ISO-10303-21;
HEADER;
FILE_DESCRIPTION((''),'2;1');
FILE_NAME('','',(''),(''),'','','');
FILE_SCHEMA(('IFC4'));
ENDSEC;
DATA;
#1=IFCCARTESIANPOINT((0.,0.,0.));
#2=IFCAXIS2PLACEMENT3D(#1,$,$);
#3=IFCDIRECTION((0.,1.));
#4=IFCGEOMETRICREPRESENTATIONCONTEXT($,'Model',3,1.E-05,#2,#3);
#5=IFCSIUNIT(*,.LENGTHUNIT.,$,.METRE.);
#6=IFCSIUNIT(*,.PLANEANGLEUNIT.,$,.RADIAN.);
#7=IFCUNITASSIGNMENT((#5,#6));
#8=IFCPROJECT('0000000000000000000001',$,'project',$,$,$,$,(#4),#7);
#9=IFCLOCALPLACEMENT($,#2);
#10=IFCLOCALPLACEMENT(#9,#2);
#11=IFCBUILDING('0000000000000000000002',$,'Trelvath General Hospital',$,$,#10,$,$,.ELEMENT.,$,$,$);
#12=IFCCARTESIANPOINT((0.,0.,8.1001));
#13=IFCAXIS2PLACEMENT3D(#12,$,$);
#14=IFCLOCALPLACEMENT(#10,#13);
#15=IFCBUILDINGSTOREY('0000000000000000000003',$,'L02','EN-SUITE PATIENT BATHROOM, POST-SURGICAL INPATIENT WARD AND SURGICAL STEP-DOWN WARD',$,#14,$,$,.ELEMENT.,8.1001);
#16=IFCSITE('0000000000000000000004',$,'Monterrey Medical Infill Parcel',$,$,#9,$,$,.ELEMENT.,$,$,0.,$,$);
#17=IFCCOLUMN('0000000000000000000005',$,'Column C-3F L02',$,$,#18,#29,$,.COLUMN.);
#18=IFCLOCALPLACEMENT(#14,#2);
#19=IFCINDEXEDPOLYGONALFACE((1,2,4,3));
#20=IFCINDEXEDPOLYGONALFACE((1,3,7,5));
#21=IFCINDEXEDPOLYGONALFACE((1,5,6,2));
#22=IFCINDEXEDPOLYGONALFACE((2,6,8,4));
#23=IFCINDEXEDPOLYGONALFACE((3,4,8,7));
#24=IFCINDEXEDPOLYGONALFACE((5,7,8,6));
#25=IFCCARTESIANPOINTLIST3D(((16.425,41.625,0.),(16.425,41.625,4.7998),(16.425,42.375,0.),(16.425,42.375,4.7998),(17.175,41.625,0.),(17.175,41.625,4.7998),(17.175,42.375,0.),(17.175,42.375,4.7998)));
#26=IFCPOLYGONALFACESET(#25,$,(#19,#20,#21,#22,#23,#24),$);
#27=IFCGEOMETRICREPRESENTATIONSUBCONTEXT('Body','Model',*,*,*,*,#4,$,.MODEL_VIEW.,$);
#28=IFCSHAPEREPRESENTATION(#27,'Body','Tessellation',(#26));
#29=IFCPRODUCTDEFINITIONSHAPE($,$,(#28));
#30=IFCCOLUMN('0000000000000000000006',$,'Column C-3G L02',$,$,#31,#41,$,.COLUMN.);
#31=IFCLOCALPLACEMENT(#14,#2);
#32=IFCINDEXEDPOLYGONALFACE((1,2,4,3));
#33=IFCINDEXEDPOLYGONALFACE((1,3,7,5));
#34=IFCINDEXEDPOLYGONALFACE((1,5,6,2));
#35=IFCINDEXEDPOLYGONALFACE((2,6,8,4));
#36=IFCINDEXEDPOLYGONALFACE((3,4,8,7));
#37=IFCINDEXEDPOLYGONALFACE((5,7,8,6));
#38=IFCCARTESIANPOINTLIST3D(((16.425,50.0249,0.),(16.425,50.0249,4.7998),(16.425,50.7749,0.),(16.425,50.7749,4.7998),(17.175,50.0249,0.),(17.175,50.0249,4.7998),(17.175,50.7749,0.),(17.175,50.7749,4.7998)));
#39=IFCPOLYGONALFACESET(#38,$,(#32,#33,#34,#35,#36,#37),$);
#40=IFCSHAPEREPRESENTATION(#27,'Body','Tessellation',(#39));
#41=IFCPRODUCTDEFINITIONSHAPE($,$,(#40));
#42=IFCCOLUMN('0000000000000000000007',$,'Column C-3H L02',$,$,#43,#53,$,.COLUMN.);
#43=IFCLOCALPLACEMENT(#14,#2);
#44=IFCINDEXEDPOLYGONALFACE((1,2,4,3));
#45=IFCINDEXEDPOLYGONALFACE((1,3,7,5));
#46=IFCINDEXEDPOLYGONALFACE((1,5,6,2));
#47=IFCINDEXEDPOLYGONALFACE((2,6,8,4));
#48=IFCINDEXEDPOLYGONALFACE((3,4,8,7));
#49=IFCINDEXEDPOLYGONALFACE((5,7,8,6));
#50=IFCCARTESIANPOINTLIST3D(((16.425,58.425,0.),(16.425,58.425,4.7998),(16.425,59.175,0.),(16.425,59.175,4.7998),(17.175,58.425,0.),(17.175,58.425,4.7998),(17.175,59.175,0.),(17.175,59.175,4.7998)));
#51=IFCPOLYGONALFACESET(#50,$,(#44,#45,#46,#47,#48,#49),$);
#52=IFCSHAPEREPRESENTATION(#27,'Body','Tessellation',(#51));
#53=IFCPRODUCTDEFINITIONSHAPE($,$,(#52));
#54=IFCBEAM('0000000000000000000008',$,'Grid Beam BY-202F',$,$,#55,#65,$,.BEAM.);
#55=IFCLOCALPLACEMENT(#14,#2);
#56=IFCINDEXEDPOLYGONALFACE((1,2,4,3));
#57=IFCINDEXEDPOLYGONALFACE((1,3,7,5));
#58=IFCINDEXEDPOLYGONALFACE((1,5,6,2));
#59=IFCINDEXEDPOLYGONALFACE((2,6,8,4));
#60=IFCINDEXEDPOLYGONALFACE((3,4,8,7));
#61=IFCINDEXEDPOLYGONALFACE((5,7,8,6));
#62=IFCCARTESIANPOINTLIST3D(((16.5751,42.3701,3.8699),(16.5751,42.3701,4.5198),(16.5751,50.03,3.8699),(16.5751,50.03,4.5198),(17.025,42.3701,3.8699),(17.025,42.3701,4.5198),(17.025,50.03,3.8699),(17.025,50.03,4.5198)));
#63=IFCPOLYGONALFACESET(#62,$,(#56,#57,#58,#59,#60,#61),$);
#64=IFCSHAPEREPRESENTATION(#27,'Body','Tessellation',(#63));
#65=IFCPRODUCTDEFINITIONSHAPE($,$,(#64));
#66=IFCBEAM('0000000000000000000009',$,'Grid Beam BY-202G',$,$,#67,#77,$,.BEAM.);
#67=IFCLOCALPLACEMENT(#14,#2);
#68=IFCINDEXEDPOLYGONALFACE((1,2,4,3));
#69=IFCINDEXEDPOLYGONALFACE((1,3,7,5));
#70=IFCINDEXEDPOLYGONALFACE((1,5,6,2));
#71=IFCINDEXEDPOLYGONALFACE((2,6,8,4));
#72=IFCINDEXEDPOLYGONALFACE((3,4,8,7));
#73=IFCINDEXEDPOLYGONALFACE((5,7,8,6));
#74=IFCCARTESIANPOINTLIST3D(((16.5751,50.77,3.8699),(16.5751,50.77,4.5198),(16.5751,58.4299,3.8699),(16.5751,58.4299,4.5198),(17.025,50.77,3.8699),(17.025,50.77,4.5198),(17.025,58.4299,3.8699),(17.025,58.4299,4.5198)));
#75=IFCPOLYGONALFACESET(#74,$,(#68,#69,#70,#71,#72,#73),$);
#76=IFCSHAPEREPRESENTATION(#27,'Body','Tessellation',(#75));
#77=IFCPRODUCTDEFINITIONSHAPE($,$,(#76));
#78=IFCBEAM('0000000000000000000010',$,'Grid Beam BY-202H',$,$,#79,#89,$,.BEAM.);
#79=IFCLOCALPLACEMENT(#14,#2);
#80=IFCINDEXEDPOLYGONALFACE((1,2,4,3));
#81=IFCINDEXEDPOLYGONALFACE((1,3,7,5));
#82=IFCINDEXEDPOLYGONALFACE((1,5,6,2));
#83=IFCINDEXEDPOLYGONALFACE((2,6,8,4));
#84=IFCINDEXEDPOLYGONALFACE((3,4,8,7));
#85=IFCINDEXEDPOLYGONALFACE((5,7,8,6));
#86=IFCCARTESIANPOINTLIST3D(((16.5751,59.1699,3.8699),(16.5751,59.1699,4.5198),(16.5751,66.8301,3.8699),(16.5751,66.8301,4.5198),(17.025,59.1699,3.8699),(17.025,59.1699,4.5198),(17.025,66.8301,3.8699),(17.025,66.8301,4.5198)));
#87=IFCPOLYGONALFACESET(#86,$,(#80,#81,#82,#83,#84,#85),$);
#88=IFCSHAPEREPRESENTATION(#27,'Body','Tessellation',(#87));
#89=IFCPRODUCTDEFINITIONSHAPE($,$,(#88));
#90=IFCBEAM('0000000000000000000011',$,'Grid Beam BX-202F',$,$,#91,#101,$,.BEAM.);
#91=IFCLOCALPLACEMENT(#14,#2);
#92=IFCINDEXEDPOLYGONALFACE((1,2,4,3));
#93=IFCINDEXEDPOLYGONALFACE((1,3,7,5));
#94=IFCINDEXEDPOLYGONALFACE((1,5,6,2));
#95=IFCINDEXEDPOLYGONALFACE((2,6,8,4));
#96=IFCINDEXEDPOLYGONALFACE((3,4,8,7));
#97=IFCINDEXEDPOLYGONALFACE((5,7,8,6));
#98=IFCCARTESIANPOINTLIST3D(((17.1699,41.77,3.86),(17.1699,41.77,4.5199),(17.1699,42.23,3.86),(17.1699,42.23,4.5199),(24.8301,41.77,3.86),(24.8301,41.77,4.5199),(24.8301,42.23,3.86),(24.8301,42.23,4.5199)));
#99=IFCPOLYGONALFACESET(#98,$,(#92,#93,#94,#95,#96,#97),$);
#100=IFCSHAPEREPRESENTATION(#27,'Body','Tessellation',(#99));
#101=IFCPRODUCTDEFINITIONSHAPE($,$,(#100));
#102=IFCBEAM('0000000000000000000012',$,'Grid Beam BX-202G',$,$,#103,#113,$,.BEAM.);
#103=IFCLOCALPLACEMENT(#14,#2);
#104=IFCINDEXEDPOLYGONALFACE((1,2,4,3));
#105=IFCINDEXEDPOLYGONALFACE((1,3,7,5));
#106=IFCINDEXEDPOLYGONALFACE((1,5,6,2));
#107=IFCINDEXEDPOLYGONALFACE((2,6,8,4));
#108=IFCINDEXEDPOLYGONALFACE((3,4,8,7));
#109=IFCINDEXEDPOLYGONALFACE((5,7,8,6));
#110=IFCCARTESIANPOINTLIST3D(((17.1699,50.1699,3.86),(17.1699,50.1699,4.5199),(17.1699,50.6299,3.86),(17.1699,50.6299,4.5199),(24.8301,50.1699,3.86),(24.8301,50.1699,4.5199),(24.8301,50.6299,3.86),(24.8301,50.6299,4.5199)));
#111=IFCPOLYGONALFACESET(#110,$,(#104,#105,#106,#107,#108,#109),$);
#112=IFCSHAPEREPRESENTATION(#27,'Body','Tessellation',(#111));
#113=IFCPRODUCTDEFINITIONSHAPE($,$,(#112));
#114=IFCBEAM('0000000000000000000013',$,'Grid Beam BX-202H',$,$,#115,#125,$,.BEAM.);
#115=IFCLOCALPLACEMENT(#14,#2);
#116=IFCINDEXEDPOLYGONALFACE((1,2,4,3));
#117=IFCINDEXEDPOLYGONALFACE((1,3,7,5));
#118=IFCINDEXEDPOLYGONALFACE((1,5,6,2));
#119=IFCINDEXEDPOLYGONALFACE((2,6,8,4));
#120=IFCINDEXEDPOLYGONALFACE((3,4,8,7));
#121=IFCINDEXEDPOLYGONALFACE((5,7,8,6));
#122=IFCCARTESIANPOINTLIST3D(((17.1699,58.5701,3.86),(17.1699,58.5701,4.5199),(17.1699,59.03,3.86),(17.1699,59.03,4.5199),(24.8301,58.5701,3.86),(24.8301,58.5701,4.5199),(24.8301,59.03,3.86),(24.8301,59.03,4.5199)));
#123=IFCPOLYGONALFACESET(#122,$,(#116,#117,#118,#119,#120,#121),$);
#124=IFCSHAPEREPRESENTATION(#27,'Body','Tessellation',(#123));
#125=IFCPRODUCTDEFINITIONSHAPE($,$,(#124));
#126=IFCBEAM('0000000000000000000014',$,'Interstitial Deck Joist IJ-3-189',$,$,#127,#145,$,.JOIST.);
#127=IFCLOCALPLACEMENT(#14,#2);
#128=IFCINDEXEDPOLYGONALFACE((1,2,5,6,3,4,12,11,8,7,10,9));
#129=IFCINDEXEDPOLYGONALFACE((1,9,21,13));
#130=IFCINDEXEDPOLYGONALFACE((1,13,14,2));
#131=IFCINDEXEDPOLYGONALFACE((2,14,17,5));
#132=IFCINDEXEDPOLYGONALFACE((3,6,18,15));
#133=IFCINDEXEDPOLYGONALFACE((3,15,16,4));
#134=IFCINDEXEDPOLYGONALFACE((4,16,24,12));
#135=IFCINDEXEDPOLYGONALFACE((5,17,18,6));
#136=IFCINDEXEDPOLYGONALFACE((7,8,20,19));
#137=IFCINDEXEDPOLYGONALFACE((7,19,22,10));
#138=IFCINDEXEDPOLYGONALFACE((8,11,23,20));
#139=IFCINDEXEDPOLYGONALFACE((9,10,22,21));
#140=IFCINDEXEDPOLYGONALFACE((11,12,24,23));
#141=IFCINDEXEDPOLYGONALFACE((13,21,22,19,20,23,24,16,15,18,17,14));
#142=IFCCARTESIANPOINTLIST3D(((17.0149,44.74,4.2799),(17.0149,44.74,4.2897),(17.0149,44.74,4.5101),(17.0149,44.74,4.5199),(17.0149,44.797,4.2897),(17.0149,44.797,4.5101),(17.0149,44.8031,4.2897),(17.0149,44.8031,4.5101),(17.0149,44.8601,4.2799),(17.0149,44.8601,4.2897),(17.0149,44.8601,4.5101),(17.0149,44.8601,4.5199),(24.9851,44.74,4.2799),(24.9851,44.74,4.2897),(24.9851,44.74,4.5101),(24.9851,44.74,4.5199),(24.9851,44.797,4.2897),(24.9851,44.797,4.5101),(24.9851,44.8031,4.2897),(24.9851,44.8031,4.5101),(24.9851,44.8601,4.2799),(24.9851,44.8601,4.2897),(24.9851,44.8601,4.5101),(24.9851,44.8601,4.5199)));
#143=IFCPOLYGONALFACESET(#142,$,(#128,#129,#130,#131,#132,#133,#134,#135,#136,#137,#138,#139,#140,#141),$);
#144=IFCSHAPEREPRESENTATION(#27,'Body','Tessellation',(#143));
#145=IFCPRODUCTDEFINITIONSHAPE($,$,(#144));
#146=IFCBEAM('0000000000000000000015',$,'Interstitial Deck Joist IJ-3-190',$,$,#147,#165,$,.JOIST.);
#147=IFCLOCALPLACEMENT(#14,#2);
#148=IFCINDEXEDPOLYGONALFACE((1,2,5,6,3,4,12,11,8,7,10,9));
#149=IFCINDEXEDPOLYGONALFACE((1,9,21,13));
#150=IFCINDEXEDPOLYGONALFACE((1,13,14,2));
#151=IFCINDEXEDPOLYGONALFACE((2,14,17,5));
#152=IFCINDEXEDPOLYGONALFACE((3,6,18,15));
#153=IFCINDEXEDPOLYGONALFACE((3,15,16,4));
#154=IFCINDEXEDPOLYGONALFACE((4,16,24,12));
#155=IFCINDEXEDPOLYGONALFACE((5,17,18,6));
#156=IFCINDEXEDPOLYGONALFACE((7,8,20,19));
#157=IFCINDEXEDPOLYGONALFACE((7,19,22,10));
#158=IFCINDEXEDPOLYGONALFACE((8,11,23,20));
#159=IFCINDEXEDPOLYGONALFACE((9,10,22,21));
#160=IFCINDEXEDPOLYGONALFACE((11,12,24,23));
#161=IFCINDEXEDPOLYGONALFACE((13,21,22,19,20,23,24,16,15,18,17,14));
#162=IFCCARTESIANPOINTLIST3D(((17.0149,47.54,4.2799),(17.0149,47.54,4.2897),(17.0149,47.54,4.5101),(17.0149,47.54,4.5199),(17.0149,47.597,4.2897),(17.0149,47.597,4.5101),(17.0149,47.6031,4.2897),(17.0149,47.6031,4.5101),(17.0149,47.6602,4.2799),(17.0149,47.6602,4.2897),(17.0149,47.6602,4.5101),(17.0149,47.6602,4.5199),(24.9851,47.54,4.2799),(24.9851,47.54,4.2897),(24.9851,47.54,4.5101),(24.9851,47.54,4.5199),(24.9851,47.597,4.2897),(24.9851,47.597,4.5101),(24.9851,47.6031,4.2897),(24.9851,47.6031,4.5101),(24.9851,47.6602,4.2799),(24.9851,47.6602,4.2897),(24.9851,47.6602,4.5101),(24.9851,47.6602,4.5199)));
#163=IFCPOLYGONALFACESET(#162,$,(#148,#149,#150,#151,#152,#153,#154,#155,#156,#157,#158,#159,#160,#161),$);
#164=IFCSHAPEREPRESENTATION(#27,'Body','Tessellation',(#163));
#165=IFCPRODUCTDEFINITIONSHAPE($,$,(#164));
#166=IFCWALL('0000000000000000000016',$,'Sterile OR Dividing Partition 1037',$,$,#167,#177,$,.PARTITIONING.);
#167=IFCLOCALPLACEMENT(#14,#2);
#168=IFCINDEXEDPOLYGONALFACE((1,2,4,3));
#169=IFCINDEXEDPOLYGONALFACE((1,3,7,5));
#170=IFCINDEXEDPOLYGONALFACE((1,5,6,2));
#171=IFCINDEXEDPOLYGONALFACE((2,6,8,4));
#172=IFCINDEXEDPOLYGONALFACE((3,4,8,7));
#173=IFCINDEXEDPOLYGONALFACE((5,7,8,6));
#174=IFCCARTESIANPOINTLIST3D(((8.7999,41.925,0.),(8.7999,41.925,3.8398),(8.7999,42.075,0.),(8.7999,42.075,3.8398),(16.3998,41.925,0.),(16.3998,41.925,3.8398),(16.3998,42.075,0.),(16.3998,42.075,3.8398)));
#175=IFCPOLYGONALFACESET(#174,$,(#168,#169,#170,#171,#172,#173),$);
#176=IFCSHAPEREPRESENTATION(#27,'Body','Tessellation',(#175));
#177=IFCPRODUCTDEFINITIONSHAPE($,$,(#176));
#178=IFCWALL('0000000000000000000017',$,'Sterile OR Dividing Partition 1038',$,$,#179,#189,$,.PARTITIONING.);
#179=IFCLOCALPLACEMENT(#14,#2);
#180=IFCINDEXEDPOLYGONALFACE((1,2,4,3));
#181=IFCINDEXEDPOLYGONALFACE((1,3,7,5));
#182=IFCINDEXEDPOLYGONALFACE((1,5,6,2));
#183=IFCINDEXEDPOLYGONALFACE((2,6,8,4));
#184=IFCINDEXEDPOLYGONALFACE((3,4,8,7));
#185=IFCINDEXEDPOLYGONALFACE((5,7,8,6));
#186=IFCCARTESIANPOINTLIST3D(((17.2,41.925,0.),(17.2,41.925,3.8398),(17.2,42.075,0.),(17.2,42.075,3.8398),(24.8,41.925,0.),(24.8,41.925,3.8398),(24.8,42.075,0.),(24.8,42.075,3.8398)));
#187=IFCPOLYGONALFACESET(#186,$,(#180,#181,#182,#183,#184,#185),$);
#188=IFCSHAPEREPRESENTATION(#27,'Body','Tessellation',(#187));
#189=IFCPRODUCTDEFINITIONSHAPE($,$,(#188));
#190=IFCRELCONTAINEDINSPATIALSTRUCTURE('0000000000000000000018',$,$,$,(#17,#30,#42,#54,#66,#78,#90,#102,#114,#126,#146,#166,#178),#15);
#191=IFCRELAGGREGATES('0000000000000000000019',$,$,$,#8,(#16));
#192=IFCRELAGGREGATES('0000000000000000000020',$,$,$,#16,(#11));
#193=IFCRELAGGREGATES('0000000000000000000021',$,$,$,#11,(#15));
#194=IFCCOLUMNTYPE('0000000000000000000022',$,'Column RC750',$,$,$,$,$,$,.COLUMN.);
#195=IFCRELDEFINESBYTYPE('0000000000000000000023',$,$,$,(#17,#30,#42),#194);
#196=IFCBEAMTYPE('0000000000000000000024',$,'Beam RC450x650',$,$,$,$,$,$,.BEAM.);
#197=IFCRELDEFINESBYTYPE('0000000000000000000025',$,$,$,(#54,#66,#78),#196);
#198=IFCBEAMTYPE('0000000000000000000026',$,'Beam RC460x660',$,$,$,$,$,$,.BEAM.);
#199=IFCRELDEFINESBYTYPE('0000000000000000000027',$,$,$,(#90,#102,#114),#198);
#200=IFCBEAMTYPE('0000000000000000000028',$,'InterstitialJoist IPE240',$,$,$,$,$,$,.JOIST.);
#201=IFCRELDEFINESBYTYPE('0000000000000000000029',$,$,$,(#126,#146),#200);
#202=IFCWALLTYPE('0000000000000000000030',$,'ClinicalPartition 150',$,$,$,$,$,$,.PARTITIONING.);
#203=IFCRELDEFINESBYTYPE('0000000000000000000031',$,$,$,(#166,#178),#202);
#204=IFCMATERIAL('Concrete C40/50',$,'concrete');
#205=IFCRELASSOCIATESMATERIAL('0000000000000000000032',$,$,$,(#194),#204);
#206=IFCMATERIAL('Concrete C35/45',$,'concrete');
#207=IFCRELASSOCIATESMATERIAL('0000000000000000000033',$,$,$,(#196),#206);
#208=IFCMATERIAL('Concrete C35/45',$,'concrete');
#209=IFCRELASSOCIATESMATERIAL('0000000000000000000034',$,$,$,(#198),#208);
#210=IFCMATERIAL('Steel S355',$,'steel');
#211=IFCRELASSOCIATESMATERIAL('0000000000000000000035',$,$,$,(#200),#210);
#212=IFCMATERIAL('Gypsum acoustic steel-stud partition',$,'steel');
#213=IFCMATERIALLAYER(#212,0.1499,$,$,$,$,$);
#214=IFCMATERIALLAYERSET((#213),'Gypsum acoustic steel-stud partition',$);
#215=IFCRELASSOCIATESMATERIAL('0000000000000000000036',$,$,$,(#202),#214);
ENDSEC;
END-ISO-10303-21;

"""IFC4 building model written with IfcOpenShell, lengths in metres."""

from ifc_helpers import new_model, si_unit, direction, frame, frame_2d, origin, origin_2d, place, context, subcontext, project, spatial, rectangle, i_section, extrude, material, layer, layer_set, material_profile, profile_set, type_object, element, save


model = new_model("IFC4")

# Units and contexts
model_context = context("Model", 3, precision=1e-05, world=origin(), true_north=direction((0.0, 1.0)))
body_context = subcontext(model_context, "Body", "Model", "MODEL_VIEW")
ifc_project = project(units=[si_unit("LENGTHUNIT", "METRE"), si_unit("PLANEANGLEUNIT", "RADIAN")], contexts=[model_context])

# Site, building, storey
site_placement = place(None, origin())
site = spatial("IfcSite", under=ifc_project, at=site_placement, Name="Monterrey Medical Infill Parcel", CompositionType="ELEMENT", RefElevation=0.0)
building_placement = place(site_placement, origin())
building = spatial("IfcBuilding", under=site, at=building_placement, Name="Trelvath General Hospital", CompositionType="ELEMENT")
storey_placement = place(building_placement, frame((0.0, 0.0, 8.1001)))
storey = spatial("IfcBuildingStorey", under=building, at=storey_placement, Name="L02", Description="EN-SUITE PATIENT BATHROOM, POST-SURGICAL INPATIENT WARD AND SURGICAL STEP-DOWN WARD", CompositionType="ELEMENT", Elevation=8.1001)

# Columns
ifc_material_1 = material(Name="Concrete C40/50", Category="concrete")
ifc_material_profile_1 = material_profile(ifc_material_1, rectangle(XDim=0.75, YDim=0.75, at=origin_2d()), Name="RC750x750")
ifc_profile_set_1 = profile_set([ifc_material_profile_1], Name="Concrete C40/50")
column_type = type_object("IfcColumnType", Name="Column RC750", PredefinedType="COLUMN", material=ifc_profile_set_1)
for number, where, z_axis, x_axis, name in (
    (1, (16.8, 42.0, 0.0), (0.0, 0.0, 1.0), (1.0, 0.0, 0.0), "Column C-3F L02"),
    (2, (16.8, 50.3999, 0.0), (0.0, 0.0, 1.0), (1.0, 0.0, 0.0), "Column C-3G L02"),
    (3, (16.8, 58.8, 0.0), (0.0, 0.0, 1.0), (1.0, 0.0, 0.0), "Column C-3H L02"),
):
    element("IfcColumn", number, at=place(storey_placement, frame(where, z_axis=z_axis, x_axis=x_axis)), inside=storey, type_object=column_type, Name=name, PredefinedType="COLUMN", context=body_context, shape_type="SweptSolid", body=[
        extrude(rectangle(XDim=0.75, YDim=0.75, at=origin_2d()), origin(), (0.0, 0.0, 1.0), 4.7998),
    ])

# Beams
ifc_material_2 = material(Name="Concrete C35/45", Category="concrete")
ifc_material_profile_2 = material_profile(ifc_material_2, rectangle(XDim=0.45, YDim=0.6499, at=origin_2d()), Name="RCB450x650")
ifc_profile_set_2 = profile_set([ifc_material_profile_2], Name="Concrete C35/45")
beam_type_1 = type_object("IfcBeamType", Name="Beam RC450x650", PredefinedType="BEAM", material=ifc_profile_set_2)
for number, where, z_axis, x_axis, name in (
    (4, (16.8, 42.3701, 4.1948), (0.0, 1.0, 0.0), (-1.0, 0.0, 0.0), "Grid Beam BY-202F"),
    (5, (16.8, 50.77, 4.1948), (0.0, 1.0, 0.0), (-1.0, 0.0, 0.0), "Grid Beam BY-202G"),
):
    element("IfcBeam", number, at=place(storey_placement, frame(where, z_axis=z_axis, x_axis=x_axis)), inside=storey, type_object=beam_type_1, Name=name, PredefinedType="BEAM", context=body_context, shape_type="SweptSolid", body=[
        extrude(rectangle(XDim=0.45, YDim=0.6499, at=origin_2d()), origin(), (0.0, 0.0, 1.0), 7.6599),
    ])
beam_placement = place(storey_placement, frame((16.8, 59.1699, 4.1948), z_axis=(0.0, 1.0, 0.0), x_axis=(-1.0, 0.0, 0.0)))
element("IfcBeam", 6, at=beam_placement, inside=storey, type_object=beam_type_1, Name="Grid Beam BY-202H", PredefinedType="BEAM", context=body_context, shape_type="SweptSolid", body=[
    extrude(rectangle(XDim=0.45, YDim=0.6499, at=origin_2d()), origin(), (0.0, 0.0, 1.0), 7.6602),
])
ifc_material_3 = material(Name="Concrete C35/45", Category="concrete")
ifc_material_profile_3 = material_profile(ifc_material_3, rectangle(XDim=0.46, YDim=0.6599, at=origin_2d()), Name="RCB460x660")
ifc_profile_set_3 = profile_set([ifc_material_profile_3], Name="Concrete C35/45")
beam_type_2 = type_object("IfcBeamType", Name="Beam RC460x660", PredefinedType="BEAM", material=ifc_profile_set_3)
for number, where, z_axis, x_axis, name in (
    (7, (17.1699, 42.0, 4.1899), (1.0, 0.0, 0.0), (0.0, 1.0, 0.0), "Grid Beam BX-202F"),
    (8, (17.1699, 50.3999, 4.1899), (1.0, 0.0, 0.0), (0.0, 1.0, 0.0), "Grid Beam BX-202G"),
    (9, (17.1699, 58.8, 4.1899), (1.0, 0.0, 0.0), (0.0, 1.0, 0.0), "Grid Beam BX-202H"),
):
    element("IfcBeam", number, at=place(storey_placement, frame(where, z_axis=z_axis, x_axis=x_axis)), inside=storey, type_object=beam_type_2, Name=name, PredefinedType="BEAM", context=body_context, shape_type="SweptSolid", body=[
        extrude(rectangle(XDim=0.46, YDim=0.6599, at=origin_2d()), origin(), (0.0, 0.0, 1.0), 7.6602),
    ])
ifc_material_4 = material(Name="Steel S355", Category="steel")
ifc_material_profile_4 = material_profile(ifc_material_4, i_section(OverallWidth=0.1201, OverallDepth=0.24, WebThickness=0.0061, FlangeThickness=0.0098, at=origin_2d()), Name="IPE240")
ifc_profile_set_4 = profile_set([ifc_material_profile_4], Name="Steel S355")
beam_type_3 = type_object("IfcBeamType", Name="InterstitialJoist IPE240", PredefinedType="JOIST", material=ifc_profile_set_4)
for number, where, z_axis, x_axis, name in (
    (10, (17.0149, 44.8, 4.3999), (1.0, 0.0, 0.0), (0.0, 1.0, 0.0), "Interstitial Deck Joist IJ-3-189"),
    (11, (17.0149, 47.6001, 4.3999), (1.0, 0.0, 0.0), (0.0, 1.0, 0.0), "Interstitial Deck Joist IJ-3-190"),
):
    element("IfcBeam", number, at=place(storey_placement, frame(where, z_axis=z_axis, x_axis=x_axis)), inside=storey, type_object=beam_type_3, Name=name, PredefinedType="JOIST", context=body_context, shape_type="SweptSolid", body=[
        extrude(i_section(OverallWidth=0.1201, OverallDepth=0.24, WebThickness=0.0061, FlangeThickness=0.0098, at=origin_2d()), origin(), (0.0, 0.0, 1.0), 7.9702),
    ])

# Walls
ifc_material_5 = material(Name="Gypsum acoustic steel-stud partition", Category="steel")
ifc_layer_1 = layer(ifc_material_5, 0.1499)
ifc_layer_set_1 = layer_set([ifc_layer_1], Name="Gypsum acoustic steel-stud partition")
wall_type_1 = type_object("IfcWallType", Name="ClinicalPartition 150", PredefinedType="PARTITIONING", material=ifc_layer_set_1)
wall_1_placement = place(storey_placement, frame((8.8, 42.0, 0.0), z_axis=(0.0, 0.0, 1.0), x_axis=(1.0, 0.0, 0.0)))
element("IfcWall", 12, at=wall_1_placement, inside=storey, type_object=wall_type_1, Name="Sterile OR Dividing Partition 1037", PredefinedType="PARTITIONING", context=body_context, shape_type="SweptSolid", body=[
    extrude(rectangle(XDim=7.5999, YDim=0.1499, at=frame_2d((3.7998, 0.0))), origin(), (0.0, 0.0, 1.0), 3.8398),
])
wall_2_placement = place(storey_placement, frame((17.2, 42.0, 0.0), z_axis=(0.0, 0.0, 1.0), x_axis=(1.0, 0.0, 0.0)))
element("IfcWall", 13, at=wall_2_placement, inside=storey, type_object=wall_type_1, Name="Sterile OR Dividing Partition 1038", PredefinedType="PARTITIONING", context=body_context, shape_type="SweptSolid", body=[
    extrude(rectangle(XDim=7.6001, YDim=0.1499, at=frame_2d((3.8, 0.0))), origin(), (0.0, 0.0, 1.0), 3.8398),
])

save(model, "model.ifc")
